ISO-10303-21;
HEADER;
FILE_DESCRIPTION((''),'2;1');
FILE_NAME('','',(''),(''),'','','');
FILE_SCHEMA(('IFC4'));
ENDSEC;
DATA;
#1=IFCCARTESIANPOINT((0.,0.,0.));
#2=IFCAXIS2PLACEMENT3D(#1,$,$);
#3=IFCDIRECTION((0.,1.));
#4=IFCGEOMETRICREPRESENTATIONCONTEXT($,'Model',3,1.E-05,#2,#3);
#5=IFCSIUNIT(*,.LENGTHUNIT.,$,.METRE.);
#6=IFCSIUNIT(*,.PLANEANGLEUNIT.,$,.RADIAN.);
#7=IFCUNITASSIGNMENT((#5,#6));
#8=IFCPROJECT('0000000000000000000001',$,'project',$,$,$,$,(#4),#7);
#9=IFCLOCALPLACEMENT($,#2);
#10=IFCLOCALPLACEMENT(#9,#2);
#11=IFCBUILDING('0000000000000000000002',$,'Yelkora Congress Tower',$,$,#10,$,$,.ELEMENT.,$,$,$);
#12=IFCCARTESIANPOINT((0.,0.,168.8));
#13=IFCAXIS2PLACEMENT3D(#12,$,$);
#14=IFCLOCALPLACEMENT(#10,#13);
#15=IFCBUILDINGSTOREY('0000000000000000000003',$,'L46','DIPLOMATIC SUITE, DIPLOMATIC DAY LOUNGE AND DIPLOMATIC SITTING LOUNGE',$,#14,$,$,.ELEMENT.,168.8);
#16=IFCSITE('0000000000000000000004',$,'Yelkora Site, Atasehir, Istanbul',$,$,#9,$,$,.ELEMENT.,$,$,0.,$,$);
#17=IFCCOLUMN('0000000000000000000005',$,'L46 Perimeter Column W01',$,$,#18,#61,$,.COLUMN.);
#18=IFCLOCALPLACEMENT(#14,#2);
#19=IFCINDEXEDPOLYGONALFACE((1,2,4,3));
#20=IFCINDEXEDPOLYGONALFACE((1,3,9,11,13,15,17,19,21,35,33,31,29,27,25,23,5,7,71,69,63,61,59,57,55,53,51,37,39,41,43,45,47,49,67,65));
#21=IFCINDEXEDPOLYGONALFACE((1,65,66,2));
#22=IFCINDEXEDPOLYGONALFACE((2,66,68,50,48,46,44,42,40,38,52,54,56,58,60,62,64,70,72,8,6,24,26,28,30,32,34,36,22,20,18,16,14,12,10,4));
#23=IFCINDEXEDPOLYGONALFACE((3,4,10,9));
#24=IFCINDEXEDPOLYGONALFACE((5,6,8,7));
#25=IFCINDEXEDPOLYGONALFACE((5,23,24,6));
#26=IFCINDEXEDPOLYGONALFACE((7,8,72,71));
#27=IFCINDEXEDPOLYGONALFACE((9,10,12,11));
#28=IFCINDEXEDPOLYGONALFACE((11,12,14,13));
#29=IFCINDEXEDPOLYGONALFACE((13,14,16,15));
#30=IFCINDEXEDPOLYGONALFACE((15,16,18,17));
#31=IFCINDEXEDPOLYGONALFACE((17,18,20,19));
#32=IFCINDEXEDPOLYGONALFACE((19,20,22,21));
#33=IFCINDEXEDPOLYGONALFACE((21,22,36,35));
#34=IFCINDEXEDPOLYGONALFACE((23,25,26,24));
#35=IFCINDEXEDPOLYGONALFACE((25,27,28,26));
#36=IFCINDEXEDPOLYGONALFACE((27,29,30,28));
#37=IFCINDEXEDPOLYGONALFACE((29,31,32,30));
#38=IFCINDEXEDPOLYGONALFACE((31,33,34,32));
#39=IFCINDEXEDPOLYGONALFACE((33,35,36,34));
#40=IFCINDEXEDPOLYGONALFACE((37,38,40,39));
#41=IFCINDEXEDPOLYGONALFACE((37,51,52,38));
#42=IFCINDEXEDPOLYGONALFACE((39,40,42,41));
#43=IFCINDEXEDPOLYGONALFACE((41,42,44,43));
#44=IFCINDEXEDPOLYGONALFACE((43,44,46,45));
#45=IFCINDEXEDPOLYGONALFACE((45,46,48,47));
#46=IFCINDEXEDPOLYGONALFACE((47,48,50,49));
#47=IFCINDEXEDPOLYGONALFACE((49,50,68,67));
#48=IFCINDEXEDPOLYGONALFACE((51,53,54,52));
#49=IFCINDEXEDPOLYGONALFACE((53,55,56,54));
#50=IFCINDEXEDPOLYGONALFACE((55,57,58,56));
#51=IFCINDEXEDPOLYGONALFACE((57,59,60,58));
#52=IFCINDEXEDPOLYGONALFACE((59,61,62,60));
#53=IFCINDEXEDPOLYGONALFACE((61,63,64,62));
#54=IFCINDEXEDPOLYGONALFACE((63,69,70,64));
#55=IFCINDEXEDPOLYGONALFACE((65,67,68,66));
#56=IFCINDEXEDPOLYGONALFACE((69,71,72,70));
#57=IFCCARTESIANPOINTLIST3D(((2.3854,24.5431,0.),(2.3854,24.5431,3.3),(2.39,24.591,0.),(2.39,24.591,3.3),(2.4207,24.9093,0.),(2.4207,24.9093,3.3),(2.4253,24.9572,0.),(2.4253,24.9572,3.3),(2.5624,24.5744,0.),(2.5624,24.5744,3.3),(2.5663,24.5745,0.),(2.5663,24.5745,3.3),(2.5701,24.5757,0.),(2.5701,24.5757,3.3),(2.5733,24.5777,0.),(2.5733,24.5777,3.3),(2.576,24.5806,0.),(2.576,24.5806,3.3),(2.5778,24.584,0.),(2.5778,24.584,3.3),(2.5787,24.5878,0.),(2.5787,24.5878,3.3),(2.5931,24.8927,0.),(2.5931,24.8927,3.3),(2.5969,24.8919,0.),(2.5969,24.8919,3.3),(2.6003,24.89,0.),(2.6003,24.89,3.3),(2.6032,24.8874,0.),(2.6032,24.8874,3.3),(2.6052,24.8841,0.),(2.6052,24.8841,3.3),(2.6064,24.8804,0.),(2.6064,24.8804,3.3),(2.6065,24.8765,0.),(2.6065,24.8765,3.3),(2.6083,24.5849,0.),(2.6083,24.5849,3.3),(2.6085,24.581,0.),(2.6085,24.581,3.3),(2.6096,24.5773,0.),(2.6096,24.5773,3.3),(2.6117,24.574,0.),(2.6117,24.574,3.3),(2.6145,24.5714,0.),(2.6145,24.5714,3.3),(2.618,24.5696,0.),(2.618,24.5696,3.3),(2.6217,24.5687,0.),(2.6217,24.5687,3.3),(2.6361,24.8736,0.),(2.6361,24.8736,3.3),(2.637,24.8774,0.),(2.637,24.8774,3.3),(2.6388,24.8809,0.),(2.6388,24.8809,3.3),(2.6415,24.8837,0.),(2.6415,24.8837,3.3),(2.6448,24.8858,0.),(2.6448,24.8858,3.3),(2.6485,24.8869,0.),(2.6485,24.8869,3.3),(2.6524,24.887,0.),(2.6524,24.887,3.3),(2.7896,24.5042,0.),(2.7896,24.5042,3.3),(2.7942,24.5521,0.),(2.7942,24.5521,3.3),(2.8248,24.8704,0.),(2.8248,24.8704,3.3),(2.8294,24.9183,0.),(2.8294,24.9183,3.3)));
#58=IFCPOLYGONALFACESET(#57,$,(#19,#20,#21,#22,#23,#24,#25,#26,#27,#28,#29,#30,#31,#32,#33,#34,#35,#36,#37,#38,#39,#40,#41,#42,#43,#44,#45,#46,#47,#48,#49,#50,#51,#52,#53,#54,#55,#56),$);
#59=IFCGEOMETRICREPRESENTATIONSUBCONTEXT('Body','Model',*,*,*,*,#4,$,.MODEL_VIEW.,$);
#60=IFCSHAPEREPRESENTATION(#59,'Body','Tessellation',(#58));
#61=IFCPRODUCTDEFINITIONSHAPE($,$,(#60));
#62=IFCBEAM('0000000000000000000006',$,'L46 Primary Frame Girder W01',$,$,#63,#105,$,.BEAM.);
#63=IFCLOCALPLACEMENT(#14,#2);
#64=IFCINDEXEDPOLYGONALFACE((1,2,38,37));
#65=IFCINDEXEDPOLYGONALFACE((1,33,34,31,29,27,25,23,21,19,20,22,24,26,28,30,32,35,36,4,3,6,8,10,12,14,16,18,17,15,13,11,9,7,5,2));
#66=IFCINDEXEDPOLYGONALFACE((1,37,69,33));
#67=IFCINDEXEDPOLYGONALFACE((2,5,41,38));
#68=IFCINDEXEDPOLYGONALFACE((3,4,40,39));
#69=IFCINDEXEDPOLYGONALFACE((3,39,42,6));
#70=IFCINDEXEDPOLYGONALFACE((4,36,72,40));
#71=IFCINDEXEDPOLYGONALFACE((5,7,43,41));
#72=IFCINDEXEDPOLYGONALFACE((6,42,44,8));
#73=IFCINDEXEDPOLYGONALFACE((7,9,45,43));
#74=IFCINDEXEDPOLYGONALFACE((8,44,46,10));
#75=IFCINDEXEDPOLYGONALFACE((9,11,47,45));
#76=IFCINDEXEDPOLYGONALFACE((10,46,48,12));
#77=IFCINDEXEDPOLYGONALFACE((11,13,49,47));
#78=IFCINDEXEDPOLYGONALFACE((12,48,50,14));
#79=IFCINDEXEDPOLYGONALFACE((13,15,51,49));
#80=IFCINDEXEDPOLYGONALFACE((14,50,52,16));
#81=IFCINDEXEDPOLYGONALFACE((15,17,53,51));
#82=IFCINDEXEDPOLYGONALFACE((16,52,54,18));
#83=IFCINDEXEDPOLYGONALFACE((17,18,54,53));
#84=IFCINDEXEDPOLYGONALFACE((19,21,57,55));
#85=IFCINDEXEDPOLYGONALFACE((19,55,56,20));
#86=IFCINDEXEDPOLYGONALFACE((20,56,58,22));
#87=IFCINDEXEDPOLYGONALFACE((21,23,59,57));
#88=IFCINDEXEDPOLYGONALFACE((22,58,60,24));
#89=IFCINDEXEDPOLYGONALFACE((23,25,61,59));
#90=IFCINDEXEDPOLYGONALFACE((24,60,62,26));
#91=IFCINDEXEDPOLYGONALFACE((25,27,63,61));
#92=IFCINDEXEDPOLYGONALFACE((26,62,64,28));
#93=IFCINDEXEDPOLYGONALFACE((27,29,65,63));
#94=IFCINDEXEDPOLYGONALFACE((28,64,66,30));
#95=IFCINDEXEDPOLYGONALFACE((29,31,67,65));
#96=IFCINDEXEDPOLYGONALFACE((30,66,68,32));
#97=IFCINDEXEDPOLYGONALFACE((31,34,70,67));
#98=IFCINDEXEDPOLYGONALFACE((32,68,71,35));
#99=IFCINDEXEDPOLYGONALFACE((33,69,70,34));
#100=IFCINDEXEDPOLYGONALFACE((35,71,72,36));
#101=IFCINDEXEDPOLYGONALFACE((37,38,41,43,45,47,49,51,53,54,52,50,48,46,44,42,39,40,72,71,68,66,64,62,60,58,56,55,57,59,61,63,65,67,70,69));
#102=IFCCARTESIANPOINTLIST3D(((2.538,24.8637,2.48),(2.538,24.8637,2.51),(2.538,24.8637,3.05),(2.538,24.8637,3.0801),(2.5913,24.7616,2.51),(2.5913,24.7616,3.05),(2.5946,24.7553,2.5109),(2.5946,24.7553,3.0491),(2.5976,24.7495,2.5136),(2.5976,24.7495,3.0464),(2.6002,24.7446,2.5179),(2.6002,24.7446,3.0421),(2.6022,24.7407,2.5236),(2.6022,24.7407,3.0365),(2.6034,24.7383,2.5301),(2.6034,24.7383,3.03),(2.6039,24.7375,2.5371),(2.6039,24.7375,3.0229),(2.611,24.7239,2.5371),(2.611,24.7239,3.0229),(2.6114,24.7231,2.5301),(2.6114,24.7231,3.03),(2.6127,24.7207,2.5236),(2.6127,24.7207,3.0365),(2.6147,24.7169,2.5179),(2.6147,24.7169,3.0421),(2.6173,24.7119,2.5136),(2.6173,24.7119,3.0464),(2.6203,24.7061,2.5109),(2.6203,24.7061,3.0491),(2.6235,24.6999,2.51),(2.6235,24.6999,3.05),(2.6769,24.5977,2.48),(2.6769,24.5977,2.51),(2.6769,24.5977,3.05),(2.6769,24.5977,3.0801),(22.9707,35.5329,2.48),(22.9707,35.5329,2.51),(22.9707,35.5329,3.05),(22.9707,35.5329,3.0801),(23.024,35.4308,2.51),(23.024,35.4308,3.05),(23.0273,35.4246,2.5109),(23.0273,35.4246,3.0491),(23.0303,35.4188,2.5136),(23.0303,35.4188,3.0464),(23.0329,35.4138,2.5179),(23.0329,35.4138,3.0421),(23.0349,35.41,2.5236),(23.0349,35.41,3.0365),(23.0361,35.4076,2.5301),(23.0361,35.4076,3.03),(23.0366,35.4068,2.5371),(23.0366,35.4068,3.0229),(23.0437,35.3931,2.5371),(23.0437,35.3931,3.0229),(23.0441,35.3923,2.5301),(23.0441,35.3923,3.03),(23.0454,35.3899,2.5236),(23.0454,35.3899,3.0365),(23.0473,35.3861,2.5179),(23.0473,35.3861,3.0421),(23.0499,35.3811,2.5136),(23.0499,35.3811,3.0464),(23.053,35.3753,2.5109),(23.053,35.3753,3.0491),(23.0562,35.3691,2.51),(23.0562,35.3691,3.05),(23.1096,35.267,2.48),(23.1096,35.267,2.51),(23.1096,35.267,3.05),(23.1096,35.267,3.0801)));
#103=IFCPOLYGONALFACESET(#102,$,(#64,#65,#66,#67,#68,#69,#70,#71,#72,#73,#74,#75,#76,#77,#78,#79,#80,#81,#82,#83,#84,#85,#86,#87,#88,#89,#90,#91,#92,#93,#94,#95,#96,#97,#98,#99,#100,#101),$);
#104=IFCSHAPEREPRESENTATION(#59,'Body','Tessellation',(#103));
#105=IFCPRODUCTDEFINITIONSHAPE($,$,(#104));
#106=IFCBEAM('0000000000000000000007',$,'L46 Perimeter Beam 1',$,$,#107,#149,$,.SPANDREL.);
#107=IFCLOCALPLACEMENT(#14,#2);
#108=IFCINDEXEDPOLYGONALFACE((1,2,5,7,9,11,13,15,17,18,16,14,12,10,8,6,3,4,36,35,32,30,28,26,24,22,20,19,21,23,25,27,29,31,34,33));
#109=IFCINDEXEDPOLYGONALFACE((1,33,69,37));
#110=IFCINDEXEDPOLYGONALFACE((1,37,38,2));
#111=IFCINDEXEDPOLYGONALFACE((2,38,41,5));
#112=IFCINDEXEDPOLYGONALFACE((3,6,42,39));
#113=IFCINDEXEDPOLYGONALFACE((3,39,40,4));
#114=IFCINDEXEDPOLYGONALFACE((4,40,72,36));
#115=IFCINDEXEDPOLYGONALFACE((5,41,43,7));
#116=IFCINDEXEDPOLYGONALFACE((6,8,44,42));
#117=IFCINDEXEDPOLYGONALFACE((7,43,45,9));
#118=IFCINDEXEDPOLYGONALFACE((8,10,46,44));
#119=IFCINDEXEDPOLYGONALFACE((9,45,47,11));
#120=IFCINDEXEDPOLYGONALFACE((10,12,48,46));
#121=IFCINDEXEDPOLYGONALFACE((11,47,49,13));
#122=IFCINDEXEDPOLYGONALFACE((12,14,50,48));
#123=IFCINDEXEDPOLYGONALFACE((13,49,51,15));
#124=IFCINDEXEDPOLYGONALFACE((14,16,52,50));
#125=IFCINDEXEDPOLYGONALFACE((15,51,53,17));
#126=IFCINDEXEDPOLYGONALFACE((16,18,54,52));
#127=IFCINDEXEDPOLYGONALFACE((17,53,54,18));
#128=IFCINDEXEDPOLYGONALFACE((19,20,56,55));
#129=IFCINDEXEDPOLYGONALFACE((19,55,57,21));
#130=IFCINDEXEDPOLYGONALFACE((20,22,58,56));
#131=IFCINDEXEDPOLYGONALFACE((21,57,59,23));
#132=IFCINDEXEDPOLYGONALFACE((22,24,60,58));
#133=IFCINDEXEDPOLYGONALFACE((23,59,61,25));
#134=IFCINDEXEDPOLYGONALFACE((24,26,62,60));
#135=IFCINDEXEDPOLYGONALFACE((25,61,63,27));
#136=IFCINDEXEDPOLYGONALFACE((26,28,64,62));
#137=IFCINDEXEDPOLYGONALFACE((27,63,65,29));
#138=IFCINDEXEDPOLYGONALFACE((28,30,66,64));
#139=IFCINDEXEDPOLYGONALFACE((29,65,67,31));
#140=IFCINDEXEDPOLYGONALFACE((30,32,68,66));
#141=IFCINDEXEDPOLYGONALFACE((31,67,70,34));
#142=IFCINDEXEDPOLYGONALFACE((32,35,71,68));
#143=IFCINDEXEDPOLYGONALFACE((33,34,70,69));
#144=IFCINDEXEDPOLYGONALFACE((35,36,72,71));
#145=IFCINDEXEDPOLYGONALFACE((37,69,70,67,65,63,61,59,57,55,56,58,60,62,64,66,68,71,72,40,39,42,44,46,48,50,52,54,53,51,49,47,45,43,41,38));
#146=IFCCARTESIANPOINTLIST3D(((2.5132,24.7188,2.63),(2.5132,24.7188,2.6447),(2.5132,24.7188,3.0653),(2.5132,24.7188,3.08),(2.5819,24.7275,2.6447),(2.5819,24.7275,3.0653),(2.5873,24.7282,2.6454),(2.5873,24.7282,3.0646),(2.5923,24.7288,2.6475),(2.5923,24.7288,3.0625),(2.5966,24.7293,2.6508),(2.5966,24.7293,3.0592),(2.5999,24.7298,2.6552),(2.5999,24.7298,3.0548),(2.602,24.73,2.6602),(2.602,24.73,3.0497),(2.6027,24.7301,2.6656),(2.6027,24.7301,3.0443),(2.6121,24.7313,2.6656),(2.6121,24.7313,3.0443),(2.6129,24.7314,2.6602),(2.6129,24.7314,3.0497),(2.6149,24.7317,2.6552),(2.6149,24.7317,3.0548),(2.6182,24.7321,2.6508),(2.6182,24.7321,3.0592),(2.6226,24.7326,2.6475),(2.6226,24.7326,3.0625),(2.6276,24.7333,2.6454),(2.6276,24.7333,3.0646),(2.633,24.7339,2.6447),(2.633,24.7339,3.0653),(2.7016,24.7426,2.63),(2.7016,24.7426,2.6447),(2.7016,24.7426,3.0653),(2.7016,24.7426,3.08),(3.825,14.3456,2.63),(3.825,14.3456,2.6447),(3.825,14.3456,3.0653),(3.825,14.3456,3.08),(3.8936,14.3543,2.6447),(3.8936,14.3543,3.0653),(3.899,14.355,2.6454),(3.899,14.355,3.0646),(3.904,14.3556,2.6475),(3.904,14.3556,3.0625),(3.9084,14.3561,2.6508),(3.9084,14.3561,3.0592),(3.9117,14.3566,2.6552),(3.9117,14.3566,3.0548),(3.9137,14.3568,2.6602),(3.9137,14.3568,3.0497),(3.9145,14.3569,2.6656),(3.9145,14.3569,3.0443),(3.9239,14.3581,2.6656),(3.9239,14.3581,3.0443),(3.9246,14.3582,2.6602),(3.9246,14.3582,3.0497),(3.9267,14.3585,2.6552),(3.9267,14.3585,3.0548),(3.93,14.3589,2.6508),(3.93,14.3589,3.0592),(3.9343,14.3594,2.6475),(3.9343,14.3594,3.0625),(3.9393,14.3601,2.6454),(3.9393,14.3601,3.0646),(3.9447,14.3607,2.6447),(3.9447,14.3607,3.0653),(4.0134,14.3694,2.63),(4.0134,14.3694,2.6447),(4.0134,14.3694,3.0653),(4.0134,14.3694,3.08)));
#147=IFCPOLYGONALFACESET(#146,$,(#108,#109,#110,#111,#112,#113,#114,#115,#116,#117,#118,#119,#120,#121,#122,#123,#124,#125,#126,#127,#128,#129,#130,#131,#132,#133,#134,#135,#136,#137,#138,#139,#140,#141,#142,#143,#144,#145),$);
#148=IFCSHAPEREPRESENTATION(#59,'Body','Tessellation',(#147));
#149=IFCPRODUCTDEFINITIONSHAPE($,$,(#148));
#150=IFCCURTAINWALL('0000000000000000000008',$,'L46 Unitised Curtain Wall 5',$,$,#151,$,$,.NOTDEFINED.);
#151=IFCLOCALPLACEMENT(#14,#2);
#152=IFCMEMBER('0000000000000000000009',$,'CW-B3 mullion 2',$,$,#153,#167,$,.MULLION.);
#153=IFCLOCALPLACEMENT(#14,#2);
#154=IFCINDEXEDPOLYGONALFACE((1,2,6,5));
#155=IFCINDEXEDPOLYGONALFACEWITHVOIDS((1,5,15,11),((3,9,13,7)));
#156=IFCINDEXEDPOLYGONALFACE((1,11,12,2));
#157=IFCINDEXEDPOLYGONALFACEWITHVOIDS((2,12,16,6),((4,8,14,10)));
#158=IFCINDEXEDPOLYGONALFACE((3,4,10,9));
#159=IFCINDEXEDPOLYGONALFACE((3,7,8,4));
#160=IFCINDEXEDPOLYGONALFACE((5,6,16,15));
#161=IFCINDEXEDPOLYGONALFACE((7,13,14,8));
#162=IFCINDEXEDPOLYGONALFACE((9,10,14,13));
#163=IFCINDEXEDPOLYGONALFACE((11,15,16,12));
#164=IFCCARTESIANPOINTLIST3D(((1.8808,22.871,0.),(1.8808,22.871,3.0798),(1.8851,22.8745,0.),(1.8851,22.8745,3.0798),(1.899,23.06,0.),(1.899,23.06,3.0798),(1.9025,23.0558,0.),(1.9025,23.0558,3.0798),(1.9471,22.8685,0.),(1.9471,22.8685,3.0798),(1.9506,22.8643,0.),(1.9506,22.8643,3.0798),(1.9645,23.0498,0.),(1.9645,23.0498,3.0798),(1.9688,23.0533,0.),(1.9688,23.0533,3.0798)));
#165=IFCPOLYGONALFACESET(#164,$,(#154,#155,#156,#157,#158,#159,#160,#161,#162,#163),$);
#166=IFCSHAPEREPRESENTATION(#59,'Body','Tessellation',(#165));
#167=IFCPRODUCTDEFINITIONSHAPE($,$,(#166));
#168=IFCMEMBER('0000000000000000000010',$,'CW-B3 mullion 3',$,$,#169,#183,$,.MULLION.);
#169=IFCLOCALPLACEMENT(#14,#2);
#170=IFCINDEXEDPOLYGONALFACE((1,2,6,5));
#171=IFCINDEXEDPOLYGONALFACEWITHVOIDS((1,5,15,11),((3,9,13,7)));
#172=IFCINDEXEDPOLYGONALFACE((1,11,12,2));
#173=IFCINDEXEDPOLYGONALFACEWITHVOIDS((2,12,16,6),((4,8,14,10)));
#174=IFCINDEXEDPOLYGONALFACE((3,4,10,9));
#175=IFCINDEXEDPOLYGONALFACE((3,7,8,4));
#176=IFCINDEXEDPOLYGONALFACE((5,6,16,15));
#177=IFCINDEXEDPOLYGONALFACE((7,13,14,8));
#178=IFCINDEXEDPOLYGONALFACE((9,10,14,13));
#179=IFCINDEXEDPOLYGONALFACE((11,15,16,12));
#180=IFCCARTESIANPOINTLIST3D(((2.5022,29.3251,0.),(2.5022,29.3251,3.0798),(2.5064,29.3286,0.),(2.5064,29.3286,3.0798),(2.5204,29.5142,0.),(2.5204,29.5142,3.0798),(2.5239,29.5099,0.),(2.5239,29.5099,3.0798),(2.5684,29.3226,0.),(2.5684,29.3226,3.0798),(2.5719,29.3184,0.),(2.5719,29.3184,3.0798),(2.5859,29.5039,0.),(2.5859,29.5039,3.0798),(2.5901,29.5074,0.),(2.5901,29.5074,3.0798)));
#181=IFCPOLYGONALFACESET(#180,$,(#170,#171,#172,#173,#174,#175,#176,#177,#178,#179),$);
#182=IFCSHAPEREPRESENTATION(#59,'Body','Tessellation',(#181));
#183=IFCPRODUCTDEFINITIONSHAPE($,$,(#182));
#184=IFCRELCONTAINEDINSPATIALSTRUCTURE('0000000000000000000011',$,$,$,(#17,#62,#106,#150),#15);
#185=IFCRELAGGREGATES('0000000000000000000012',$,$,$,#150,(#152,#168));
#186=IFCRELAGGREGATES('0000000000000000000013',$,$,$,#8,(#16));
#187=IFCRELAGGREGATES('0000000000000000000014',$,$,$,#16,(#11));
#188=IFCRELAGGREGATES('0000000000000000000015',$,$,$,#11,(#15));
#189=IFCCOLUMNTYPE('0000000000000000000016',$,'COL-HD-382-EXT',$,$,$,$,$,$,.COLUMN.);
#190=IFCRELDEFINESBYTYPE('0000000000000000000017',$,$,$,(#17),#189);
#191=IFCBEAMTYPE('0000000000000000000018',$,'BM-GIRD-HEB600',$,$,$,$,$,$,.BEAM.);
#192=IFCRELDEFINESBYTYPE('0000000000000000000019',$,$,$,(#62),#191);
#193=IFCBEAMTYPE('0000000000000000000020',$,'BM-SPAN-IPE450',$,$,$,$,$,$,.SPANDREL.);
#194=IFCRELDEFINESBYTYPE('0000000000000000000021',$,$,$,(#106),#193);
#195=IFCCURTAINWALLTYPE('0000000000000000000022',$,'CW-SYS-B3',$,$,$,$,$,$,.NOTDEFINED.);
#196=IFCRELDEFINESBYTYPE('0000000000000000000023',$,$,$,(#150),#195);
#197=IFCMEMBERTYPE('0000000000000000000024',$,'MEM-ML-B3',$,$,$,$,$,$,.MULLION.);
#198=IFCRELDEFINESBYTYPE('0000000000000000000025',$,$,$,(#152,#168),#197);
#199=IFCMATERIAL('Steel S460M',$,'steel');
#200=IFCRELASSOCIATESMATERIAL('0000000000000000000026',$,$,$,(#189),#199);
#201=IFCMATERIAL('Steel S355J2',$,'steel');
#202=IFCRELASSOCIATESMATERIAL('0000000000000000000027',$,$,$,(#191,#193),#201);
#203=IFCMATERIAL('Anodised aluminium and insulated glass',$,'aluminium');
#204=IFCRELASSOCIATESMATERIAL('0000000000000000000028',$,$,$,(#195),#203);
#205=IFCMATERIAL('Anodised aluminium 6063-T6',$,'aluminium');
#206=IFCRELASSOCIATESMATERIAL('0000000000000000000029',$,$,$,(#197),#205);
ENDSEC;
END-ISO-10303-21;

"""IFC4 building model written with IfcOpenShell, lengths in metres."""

from ifc_helpers import new_model, si_unit, direction, frame, origin, origin_2d, place, context, subcontext, project, spatial, hollow_rectangle, i_section, extrude, material, material_profile, profile_set, type_object, element, aggregate, save


model = new_model("IFC4")

# Units and contexts
model_context = context("Model", 3, precision=1e-05, world=origin(), true_north=direction((0.0, 1.0)))
body_context = subcontext(model_context, "Body", "Model", "MODEL_VIEW")
ifc_project = project(units=[si_unit("LENGTHUNIT", "METRE"), si_unit("PLANEANGLEUNIT", "RADIAN")], contexts=[model_context])

# Site, building, storey
site_placement = place(None, origin())
site = spatial("IfcSite", under=ifc_project, at=site_placement, Name="Yelkora Site, Atasehir, Istanbul", CompositionType="ELEMENT", RefElevation=0.0)
building_placement = place(site_placement, origin())
building = spatial("IfcBuilding", under=site, at=building_placement, Name="Yelkora Congress Tower", CompositionType="ELEMENT")
storey_placement = place(building_placement, frame((0.0, 0.0, 168.8)))
storey = spatial("IfcBuildingStorey", under=building, at=storey_placement, Name="L46", Description="DIPLOMATIC SUITE, DIPLOMATIC DAY LOUNGE AND DIPLOMATIC SITTING LOUNGE", CompositionType="ELEMENT", Elevation=168.8)

# Column
ifc_material_1 = material(Name="Steel S460M", Category="steel")
ifc_material_profile_1 = material_profile(ifc_material_1, i_section(OverallWidth=0.406, OverallDepth=0.416, WebThickness=0.0298, FlangeThickness=0.0481, FilletRadius=0.0149, at=origin_2d()), Name="HD 400x382")
ifc_profile_set_1 = profile_set([ifc_material_profile_1], Name="Steel S460M")
column_type = type_object("IfcColumnType", Name="COL-HD-382-EXT", PredefinedType="COLUMN", material=ifc_profile_set_1)
column_placement = place(storey_placement, frame((2.6074, 24.7307, 0.0), z_axis=(0.0, 0.0, 1.0), x_axis=(0.995396, -0.095846, 0.0)))
element("IfcColumn", 1, at=column_placement, inside=storey, type_object=column_type, Name="L46 Perimeter Column W01", PredefinedType="COLUMN", context=body_context, shape_type="SweptSolid", body=[
    extrude(i_section(OverallWidth=0.406, OverallDepth=0.416, WebThickness=0.0298, FlangeThickness=0.0481, FilletRadius=0.0149, at=origin_2d()), origin(), (0.0, 0.0, 1.0), 3.3),
])

# Beams
ifc_material_2 = material(Name="Steel S355J2", Category="steel")
ifc_material_profile_2 = material_profile(ifc_material_2, i_section(OverallWidth=0.3, OverallDepth=0.6001, WebThickness=0.0154, FlangeThickness=0.03, FilletRadius=0.0271, at=origin_2d()), Name="HEB 600")
ifc_profile_set_2 = profile_set([ifc_material_profile_2], Name="Steel S355J2")
beam_type_1 = type_object("IfcBeamType", Name="BM-GIRD-HEB600", PredefinedType="BEAM", material=ifc_profile_set_2)
beam_1_placement = place(storey_placement, frame((2.6074, 24.7307, 2.78), z_axis=(0.88643, 0.462862, 0.0), x_axis=(-0.462862, 0.88643, 0.0)))
element("IfcBeam", 2, at=beam_1_placement, inside=storey, type_object=beam_type_1, Name="L46 Primary Frame Girder W01", PredefinedType="BEAM", context=body_context, shape_type="SweptSolid", body=[
    extrude(i_section(OverallWidth=0.3, OverallDepth=0.6001, WebThickness=0.0154, FlangeThickness=0.03, FilletRadius=0.0271, at=origin_2d()), origin(), (0.0, 0.0, 1.0), 23.0505),
])
ifc_material_profile_3 = material_profile(ifc_material_2, i_section(OverallWidth=0.1899, OverallDepth=0.45, WebThickness=0.0095, FlangeThickness=0.0146, FilletRadius=0.021, at=origin_2d()), Name="IPE 450")
ifc_profile_set_3 = profile_set([ifc_material_profile_3], Name="Steel S355J2")
beam_type_2 = type_object("IfcBeamType", Name="BM-SPAN-IPE450", PredefinedType="SPANDREL", material=ifc_profile_set_3)
beam_2_placement = place(storey_placement, frame((2.6074, 24.7307, 2.855), z_axis=(0.125457, -0.992099, 0.0), x_axis=(0.992099, 0.125457, 0.0)))
element("IfcBeam", 3, at=beam_2_placement, inside=storey, type_object=beam_type_2, Name="L46 Perimeter Beam 1", PredefinedType="SPANDREL", context=body_context, shape_type="SweptSolid", body=[
    extrude(i_section(OverallWidth=0.1899, OverallDepth=0.45, WebThickness=0.0095, FlangeThickness=0.0146, FilletRadius=0.021, at=origin_2d()), origin(), (0.0, 0.0, 1.0), 10.4558),
])

# Curtain wall, members
ifc_material_3 = material(Name="Anodised aluminium and insulated glass", Category="aluminium")
curtain_wall_type = type_object("IfcCurtainWallType", Name="CW-SYS-B3", PredefinedType="NOTDEFINED", material=ifc_material_3)
curtain_wall_placement = place(storey_placement, origin())
curtain_wall = element("IfcCurtainWall", 4, at=curtain_wall_placement, inside=storey, type_object=curtain_wall_type, Name="L46 Unitised Curtain Wall 5", PredefinedType="NOTDEFINED")
ifc_material_4 = material(Name="Anodised aluminium 6063-T6", Category="aluminium")
ifc_material_profile_4 = material_profile(ifc_material_4, hollow_rectangle(XDim=0.0701, YDim=0.1899, WallThickness=0.0039, at=origin_2d()), Name="ALU 70x190x4")
ifc_profile_set_4 = profile_set([ifc_material_profile_4], Name="Anodised aluminium 6063-T6")
member_type_1 = type_object("IfcMemberType", Name="MEM-ML-B3", PredefinedType="MULLION", material=ifc_profile_set_4)
member_1_placement = place(storey_placement, frame((1.9248, 22.9622, 0.0), z_axis=(0.0, 0.0, 1.0), x_axis=(-0.995396, 0.095845, 0.0)))
member_1 = element("IfcMember", 5, at=member_1_placement, type_object=member_type_1, Name="CW-B3 mullion 2", PredefinedType="MULLION", context=body_context, shape_type="SweptSolid", body=[
    extrude(hollow_rectangle(XDim=0.0701, YDim=0.1899, WallThickness=0.0039, at=origin_2d()), origin(), (0.0, 0.0, 1.0), 3.0798),
])
member_2_placement = place(storey_placement, frame((2.5461, 29.4163, 0.0), z_axis=(0.0, 0.0, 1.0), x_axis=(-0.995396, 0.095845, 0.0)))
member_2 = element("IfcMember", 6, at=member_2_placement, type_object=member_type_1, Name="CW-B3 mullion 3", PredefinedType="MULLION", context=body_context, shape_type="SweptSolid", body=[
    extrude(hollow_rectangle(XDim=0.0701, YDim=0.1899, WallThickness=0.0039, at=origin_2d()), origin(), (0.0, 0.0, 1.0), 3.0798),
])
aggregate(curtain_wall, [member_1, member_2])

save(model, "model.ifc")
